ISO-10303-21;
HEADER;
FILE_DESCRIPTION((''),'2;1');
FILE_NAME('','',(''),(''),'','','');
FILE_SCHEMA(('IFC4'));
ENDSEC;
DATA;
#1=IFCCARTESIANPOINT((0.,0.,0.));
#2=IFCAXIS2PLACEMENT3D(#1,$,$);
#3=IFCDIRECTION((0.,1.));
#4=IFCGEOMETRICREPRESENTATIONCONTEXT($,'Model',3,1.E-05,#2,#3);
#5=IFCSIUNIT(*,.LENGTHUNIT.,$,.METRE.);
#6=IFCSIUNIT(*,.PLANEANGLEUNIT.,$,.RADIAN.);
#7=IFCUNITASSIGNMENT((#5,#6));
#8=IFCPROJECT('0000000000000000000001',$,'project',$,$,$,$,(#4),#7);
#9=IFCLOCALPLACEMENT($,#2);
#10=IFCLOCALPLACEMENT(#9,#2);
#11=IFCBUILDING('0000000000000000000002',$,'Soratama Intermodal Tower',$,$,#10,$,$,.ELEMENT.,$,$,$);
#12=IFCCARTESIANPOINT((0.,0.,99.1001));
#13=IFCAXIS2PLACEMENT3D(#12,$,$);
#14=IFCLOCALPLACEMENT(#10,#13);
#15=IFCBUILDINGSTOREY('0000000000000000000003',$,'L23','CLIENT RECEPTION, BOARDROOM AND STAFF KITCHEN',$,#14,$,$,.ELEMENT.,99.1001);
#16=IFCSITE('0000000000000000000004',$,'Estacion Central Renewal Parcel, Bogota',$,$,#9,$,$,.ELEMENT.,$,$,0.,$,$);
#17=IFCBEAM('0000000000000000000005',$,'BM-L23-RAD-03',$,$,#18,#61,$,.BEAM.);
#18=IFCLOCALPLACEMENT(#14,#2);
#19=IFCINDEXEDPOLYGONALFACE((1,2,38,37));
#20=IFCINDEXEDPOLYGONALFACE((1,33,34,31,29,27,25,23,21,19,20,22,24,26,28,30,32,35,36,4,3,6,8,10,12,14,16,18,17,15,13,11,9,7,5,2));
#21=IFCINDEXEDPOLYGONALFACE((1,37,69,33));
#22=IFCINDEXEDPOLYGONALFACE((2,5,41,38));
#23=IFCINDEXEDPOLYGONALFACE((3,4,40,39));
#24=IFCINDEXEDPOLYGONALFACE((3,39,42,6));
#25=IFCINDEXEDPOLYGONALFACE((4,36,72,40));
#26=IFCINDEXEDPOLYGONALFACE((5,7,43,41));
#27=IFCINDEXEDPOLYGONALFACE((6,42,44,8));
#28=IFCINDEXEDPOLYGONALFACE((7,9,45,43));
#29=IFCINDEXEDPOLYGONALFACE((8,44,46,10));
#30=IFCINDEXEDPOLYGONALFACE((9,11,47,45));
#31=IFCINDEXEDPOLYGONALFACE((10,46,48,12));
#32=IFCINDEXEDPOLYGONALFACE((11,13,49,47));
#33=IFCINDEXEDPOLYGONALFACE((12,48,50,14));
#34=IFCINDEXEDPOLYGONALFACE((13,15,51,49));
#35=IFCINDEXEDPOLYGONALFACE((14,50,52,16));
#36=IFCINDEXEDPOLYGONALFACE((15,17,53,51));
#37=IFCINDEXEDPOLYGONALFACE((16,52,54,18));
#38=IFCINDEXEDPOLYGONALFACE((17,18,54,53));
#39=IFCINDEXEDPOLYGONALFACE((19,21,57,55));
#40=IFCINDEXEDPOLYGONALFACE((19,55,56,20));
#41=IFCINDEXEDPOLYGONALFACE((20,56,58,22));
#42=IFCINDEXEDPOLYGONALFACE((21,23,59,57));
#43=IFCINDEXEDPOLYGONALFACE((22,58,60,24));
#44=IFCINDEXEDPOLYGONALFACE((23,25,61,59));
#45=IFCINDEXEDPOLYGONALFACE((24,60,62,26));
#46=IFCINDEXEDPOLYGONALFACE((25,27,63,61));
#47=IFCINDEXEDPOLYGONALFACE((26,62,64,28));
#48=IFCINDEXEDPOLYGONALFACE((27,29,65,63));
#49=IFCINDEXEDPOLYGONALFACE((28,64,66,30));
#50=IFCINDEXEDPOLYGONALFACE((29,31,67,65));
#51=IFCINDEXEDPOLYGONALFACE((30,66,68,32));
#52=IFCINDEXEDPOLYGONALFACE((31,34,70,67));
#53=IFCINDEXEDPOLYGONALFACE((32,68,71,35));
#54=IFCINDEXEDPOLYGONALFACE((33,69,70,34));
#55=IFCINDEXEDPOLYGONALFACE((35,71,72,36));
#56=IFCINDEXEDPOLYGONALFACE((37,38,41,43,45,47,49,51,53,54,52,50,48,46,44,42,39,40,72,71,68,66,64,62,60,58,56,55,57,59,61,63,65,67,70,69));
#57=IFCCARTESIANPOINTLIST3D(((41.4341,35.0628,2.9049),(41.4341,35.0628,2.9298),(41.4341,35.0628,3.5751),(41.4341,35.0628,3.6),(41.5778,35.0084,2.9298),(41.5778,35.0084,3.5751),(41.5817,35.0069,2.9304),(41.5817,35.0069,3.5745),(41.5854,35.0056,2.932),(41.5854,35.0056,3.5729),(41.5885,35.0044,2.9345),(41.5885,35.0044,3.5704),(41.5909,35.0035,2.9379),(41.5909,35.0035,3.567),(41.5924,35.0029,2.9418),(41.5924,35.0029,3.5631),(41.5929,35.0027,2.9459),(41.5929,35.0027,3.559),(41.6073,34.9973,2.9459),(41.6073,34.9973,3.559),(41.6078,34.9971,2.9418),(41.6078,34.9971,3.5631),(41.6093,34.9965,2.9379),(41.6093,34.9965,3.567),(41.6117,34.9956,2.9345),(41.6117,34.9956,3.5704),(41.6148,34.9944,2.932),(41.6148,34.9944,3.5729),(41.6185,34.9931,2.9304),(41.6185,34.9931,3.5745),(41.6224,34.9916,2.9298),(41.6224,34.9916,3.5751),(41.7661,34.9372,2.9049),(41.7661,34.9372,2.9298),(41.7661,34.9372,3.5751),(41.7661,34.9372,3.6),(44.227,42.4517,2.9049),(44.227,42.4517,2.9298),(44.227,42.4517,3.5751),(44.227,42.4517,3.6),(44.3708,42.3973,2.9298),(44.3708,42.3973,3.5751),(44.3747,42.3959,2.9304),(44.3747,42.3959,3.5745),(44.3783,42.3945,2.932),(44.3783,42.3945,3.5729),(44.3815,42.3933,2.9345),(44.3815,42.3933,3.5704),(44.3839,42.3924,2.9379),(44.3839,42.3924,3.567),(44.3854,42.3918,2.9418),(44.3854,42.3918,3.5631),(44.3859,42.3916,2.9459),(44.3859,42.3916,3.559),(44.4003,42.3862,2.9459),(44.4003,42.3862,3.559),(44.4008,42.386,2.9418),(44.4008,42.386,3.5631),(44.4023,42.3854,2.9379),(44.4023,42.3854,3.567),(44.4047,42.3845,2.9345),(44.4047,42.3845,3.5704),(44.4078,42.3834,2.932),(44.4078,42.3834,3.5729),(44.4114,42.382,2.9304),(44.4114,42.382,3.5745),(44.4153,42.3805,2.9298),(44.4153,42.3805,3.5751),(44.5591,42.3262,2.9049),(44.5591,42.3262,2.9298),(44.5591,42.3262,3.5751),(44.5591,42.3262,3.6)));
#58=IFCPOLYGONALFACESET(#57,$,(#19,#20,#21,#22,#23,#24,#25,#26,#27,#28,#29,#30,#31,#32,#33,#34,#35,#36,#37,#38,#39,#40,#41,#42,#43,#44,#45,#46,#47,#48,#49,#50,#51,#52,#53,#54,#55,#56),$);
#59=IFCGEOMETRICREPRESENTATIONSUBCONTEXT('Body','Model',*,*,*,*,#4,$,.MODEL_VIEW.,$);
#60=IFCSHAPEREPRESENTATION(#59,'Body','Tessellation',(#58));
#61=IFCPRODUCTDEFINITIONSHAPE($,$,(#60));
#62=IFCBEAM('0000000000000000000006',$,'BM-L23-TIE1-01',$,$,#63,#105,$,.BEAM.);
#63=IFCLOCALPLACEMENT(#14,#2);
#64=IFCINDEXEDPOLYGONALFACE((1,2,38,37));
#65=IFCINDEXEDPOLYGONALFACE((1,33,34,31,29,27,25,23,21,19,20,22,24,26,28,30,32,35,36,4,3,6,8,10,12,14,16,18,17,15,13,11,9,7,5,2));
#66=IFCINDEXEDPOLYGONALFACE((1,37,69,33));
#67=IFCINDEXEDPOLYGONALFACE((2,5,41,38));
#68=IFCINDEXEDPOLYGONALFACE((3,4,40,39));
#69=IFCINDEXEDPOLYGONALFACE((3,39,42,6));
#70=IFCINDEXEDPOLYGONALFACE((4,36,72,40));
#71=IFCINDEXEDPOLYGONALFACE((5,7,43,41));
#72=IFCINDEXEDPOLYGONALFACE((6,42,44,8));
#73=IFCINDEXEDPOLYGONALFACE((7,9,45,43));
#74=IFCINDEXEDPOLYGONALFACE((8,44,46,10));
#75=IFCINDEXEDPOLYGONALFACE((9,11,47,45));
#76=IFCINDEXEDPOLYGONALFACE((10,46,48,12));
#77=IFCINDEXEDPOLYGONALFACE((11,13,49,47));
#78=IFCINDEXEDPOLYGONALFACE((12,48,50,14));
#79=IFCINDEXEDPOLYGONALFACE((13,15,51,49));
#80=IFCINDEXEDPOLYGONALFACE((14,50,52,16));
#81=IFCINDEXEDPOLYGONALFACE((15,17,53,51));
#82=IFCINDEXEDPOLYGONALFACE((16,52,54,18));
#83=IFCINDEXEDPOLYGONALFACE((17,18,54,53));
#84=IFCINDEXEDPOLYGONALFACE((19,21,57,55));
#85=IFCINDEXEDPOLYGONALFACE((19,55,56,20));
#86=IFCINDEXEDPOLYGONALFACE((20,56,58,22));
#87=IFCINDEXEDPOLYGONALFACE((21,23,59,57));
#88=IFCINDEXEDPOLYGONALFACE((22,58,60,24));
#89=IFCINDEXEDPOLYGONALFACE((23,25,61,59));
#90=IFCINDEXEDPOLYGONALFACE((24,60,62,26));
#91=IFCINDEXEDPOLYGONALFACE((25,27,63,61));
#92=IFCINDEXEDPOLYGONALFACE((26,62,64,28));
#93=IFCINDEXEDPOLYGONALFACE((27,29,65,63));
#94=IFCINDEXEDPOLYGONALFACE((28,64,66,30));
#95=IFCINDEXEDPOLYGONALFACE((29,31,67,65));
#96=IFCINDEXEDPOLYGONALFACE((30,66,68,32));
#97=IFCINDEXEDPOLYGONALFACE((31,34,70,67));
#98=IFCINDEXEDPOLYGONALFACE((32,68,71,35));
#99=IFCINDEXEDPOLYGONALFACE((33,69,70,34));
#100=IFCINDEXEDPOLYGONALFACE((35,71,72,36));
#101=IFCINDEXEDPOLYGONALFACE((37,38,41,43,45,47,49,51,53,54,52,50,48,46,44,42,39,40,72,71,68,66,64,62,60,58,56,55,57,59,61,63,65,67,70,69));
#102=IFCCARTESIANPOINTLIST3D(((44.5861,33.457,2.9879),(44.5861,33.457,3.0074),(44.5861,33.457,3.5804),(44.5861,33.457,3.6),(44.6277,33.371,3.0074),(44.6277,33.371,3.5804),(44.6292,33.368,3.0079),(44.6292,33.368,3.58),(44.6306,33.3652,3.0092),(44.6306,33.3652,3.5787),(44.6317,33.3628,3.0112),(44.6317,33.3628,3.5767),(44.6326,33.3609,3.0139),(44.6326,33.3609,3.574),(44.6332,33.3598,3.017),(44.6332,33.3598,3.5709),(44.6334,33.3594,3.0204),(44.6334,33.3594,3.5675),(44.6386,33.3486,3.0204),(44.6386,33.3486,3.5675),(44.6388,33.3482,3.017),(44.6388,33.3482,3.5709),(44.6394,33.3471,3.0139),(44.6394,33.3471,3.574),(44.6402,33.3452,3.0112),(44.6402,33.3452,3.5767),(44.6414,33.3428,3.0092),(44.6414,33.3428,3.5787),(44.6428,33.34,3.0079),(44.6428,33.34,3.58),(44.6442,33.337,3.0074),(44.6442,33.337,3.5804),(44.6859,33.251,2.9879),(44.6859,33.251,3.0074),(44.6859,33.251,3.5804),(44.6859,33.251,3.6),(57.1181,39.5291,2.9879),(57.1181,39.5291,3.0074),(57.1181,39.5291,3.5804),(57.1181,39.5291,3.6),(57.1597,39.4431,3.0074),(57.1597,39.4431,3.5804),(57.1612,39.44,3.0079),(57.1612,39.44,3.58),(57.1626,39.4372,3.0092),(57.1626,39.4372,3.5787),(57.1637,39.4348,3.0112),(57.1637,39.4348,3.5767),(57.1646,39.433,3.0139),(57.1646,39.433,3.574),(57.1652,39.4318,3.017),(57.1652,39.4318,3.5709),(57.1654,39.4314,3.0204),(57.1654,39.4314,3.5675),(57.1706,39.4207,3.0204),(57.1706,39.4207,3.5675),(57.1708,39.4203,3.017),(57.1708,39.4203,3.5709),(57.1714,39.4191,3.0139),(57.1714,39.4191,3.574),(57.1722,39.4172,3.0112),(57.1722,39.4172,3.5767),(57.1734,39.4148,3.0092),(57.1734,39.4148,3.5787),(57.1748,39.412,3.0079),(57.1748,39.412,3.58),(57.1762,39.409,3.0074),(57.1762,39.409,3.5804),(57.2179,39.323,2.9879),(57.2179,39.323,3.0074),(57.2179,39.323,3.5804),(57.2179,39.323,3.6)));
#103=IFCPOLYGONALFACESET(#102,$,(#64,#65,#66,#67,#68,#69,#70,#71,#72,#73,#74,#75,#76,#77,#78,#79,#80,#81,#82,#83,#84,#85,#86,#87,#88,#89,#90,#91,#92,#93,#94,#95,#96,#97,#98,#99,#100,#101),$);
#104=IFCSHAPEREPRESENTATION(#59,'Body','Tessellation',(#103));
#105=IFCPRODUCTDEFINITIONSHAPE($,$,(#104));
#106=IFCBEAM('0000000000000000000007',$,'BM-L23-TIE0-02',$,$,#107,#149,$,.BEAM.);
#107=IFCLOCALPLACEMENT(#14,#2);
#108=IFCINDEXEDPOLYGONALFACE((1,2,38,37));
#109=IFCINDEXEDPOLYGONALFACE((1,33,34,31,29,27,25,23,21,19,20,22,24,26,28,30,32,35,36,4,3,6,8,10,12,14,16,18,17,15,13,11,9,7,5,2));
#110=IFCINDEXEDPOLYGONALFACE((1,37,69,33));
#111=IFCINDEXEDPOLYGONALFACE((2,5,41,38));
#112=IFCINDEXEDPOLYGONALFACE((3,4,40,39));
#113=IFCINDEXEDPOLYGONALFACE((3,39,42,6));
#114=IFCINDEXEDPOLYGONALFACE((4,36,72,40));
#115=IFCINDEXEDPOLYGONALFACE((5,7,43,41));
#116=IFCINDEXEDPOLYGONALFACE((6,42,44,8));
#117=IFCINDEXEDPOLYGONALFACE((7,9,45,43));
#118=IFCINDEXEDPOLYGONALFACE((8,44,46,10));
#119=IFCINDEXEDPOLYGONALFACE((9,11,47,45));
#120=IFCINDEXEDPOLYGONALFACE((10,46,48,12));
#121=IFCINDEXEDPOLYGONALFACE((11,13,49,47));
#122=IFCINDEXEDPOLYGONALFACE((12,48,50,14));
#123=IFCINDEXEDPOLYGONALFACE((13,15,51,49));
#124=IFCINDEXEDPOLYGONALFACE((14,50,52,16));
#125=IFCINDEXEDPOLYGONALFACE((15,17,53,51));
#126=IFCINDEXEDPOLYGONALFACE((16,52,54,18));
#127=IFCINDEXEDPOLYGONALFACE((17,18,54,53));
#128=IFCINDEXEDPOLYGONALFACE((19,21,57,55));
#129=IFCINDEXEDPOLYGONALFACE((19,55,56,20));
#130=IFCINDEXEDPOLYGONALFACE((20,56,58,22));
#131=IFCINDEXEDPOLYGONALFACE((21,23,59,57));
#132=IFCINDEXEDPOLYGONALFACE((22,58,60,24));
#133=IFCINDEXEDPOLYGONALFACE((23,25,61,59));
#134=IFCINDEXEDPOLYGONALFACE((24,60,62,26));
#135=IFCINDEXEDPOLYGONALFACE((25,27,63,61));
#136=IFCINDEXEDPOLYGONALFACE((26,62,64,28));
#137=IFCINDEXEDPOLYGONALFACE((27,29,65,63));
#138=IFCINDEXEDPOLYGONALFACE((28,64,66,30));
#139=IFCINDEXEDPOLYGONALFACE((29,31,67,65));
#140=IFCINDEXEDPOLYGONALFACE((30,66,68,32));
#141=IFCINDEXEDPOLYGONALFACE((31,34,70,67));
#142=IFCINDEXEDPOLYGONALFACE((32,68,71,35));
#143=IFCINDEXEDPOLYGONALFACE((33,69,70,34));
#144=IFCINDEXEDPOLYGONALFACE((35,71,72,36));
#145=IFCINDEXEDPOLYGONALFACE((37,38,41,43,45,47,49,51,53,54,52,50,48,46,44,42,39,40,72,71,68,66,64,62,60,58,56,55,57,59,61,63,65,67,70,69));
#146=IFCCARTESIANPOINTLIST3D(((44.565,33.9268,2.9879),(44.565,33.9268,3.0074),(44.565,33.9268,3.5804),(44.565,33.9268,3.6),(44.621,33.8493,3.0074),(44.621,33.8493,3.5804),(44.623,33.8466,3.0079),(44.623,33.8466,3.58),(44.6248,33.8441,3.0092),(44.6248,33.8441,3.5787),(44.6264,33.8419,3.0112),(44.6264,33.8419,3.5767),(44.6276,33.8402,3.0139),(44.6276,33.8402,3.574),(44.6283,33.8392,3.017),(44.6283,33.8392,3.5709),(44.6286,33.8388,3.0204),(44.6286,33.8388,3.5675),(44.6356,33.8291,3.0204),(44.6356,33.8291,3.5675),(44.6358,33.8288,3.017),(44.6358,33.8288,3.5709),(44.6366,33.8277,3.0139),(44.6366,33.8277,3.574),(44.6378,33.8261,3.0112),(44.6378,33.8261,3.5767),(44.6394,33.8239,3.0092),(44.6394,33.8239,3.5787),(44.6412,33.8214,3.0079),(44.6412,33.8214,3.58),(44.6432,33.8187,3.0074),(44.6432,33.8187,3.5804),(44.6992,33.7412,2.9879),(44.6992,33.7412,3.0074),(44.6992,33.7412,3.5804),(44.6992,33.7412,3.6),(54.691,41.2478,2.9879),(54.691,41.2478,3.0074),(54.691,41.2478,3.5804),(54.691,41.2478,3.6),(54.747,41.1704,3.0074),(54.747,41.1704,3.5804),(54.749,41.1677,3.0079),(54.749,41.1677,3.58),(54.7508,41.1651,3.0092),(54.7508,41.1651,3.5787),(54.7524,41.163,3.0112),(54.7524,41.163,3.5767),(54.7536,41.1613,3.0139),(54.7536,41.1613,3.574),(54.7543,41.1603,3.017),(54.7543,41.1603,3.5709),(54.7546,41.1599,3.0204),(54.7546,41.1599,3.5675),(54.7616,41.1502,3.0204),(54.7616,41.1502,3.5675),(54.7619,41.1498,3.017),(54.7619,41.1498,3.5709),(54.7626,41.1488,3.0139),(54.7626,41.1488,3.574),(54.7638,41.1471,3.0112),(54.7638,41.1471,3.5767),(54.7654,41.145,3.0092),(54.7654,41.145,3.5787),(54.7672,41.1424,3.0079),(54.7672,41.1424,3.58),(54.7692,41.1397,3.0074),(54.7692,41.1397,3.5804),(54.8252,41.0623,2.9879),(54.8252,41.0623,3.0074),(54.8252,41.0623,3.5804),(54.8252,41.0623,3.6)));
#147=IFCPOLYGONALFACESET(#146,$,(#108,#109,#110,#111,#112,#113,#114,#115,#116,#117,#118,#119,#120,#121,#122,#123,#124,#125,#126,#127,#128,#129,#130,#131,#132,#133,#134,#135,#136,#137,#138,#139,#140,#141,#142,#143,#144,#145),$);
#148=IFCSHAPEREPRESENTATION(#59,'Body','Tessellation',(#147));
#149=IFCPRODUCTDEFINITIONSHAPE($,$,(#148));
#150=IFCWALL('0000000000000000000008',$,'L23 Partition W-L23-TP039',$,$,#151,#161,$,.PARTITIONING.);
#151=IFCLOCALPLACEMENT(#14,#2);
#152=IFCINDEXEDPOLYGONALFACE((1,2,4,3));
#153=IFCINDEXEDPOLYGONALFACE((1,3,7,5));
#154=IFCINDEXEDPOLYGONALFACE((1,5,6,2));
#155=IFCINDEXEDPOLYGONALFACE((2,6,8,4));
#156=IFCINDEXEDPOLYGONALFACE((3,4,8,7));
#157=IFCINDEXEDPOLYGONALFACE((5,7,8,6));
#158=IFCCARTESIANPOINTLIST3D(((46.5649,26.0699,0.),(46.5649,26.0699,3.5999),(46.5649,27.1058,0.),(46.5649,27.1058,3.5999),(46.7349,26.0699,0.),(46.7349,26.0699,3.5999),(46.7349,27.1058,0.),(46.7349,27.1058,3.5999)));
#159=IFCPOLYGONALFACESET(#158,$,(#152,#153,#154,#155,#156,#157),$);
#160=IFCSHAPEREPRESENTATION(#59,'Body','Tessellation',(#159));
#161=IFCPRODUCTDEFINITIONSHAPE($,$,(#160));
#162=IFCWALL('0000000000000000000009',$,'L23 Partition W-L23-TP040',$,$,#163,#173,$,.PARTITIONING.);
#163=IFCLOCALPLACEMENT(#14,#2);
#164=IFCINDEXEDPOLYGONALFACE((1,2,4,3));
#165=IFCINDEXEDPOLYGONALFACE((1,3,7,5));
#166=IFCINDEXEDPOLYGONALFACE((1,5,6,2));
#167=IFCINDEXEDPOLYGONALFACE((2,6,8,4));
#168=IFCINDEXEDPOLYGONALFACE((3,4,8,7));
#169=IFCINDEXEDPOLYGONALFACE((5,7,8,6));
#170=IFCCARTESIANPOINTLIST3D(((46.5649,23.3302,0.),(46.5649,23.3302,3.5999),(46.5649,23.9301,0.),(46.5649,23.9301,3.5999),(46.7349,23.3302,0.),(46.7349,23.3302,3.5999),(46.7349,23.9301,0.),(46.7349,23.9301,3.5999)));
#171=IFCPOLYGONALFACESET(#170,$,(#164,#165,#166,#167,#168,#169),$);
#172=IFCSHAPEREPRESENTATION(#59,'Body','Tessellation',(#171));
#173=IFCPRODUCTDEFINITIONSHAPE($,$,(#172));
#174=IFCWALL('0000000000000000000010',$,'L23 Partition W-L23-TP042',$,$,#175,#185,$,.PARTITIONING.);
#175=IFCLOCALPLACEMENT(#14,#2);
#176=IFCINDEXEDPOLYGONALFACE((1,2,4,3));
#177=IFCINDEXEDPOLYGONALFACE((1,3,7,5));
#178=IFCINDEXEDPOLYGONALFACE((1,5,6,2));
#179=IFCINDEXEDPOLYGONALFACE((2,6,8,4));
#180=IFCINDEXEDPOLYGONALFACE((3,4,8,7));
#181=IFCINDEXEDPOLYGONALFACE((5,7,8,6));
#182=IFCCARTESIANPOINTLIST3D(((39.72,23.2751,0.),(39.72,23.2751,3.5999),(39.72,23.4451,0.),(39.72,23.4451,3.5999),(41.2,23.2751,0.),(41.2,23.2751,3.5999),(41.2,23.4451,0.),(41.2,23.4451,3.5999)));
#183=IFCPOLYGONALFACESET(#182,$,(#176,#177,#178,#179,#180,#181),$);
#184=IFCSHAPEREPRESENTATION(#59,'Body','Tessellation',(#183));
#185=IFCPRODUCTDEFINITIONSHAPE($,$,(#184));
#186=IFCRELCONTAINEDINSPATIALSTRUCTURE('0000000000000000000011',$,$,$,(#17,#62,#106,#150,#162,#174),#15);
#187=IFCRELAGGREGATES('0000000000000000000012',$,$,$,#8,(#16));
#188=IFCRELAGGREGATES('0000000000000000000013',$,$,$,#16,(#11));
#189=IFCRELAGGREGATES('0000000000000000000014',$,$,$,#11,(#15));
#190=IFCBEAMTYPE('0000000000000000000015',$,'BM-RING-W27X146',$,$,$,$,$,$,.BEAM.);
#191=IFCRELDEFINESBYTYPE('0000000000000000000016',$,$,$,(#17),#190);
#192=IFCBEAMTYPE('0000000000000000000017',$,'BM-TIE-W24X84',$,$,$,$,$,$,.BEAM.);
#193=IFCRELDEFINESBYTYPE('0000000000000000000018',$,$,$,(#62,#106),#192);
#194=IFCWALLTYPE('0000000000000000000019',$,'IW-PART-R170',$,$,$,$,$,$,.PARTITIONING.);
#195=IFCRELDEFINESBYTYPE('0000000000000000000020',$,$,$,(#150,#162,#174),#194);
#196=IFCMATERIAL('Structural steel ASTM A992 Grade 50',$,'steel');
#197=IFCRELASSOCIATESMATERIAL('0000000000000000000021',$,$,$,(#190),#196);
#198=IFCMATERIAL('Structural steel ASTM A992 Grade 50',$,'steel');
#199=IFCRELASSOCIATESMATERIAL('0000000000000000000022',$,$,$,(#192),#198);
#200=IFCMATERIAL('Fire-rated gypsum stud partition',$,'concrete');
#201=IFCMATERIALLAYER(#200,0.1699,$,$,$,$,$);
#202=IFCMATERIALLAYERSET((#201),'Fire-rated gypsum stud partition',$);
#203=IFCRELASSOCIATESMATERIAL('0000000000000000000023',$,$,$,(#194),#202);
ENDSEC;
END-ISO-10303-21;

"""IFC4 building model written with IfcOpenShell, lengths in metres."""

from ifc_helpers import new_model, si_unit, direction, frame, frame_2d, origin, origin_2d, place, context, subcontext, project, spatial, rectangle, i_section, extrude, material, layer, layer_set, material_profile, profile_set, type_object, element, save


model = new_model("IFC4")

# Units and contexts
model_context = context("Model", 3, precision=1e-05, world=origin(), true_north=direction((0.0, 1.0)))
body_context = subcontext(model_context, "Body", "Model", "MODEL_VIEW")
ifc_project = project(units=[si_unit("LENGTHUNIT", "METRE"), si_unit("PLANEANGLEUNIT", "RADIAN")], contexts=[model_context])

# Site, building, storey
site_placement = place(None, origin())
site = spatial("IfcSite", under=ifc_project, at=site_placement, Name="Estacion Central Renewal Parcel, Bogota", CompositionType="ELEMENT", RefElevation=0.0)
building_placement = place(site_placement, origin())
building = spatial("IfcBuilding", under=site, at=building_placement, Name="Soratama Intermodal Tower", CompositionType="ELEMENT")
storey_placement = place(building_placement, frame((0.0, 0.0, 99.1001)))
storey = spatial("IfcBuildingStorey", under=building, at=storey_placement, Name="L23", Description="CLIENT RECEPTION, BOARDROOM AND STAFF KITCHEN", CompositionType="ELEMENT", Elevation=99.1001)

# Beams
ifc_material_1 = material(Name="Structural steel ASTM A992 Grade 50", Category="steel")
ifc_material_profile_1 = material_profile(ifc_material_1, i_section(OverallWidth=0.355, OverallDepth=0.6951, WebThickness=0.0154, FlangeThickness=0.0249, FilletRadius=0.0161, at=origin_2d()), Name="W27X146")
ifc_profile_set_1 = profile_set([ifc_material_profile_1], Name="Structural steel ASTM A992 Grade 50")
beam_type_1 = type_object("IfcBeamType", Name="BM-RING-W27X146", PredefinedType="BEAM", material=ifc_profile_set_1)
beam_1_placement = place(storey_placement, frame((41.6001, 35.0, 3.2524), z_axis=(0.353578, 0.935405, 0.0), x_axis=(-0.935405, 0.353578, 0.0)))
element("IfcBeam", 1, at=beam_1_placement, inside=storey, type_object=beam_type_1, Name="BM-L23-RAD-03", PredefinedType="BEAM", context=body_context, shape_type="SweptSolid", body=[
    extrude(i_section(OverallWidth=0.355, OverallDepth=0.6951, WebThickness=0.0154, FlangeThickness=0.0249, FilletRadius=0.0161, at=origin_2d()), origin(), (0.0, 0.0, 1.0), 7.8992),
])
ifc_material_2 = material(Name="Structural steel ASTM A992 Grade 50", Category="steel")
ifc_material_profile_2 = material_profile(ifc_material_2, i_section(OverallWidth=0.229, OverallDepth=0.6121, WebThickness=0.012, FlangeThickness=0.0195, FilletRadius=0.0129, at=origin_2d()), Name="W24X84")
ifc_profile_set_2 = profile_set([ifc_material_profile_2], Name="Structural steel ASTM A992 Grade 50")
beam_type_2 = type_object("IfcBeamType", Name="BM-TIE-W24X84", PredefinedType="BEAM", material=ifc_profile_set_2)
beam_2_placement = place(storey_placement, frame((44.636, 33.354, 3.2939), z_axis=(0.899929, 0.436036, 0.0), x_axis=(-0.436036, 0.899929, 0.0)))
element("IfcBeam", 2, at=beam_2_placement, inside=storey, type_object=beam_type_2, Name="BM-L23-TIE1-01", PredefinedType="BEAM", context=body_context, shape_type="SweptSolid", body=[
    extrude(i_section(OverallWidth=0.229, OverallDepth=0.6121, WebThickness=0.012, FlangeThickness=0.0195, FilletRadius=0.0129, at=origin_2d()), origin(), (0.0, 0.0, 1.0), 13.9255),
])
beam_3_placement = place(storey_placement, frame((44.6321, 33.834, 3.2939), z_axis=(0.810381, 0.585903, 0.0), x_axis=(-0.585903, 0.810381, 0.0)))
element("IfcBeam", 3, at=beam_3_placement, inside=storey, type_object=beam_type_2, Name="BM-L23-TIE0-02", PredefinedType="BEAM", context=body_context, shape_type="SweptSolid", body=[
    extrude(i_section(OverallWidth=0.229, OverallDepth=0.6121, WebThickness=0.012, FlangeThickness=0.0195, FilletRadius=0.0129, at=origin_2d()), origin(), (0.0, 0.0, 1.0), 12.4954),
])

# Shared definitions
ifc_material_3 = material(Name="Fire-rated gypsum stud partition", Category="concrete")
ifc_layer_1 = layer(ifc_material_3, 0.1699)
ifc_layer_set_1 = layer_set([ifc_layer_1], Name="Fire-rated gypsum stud partition")
wall_type_1 = type_object("IfcWallType", Name="IW-PART-R170", PredefinedType="PARTITIONING", material=ifc_layer_set_1)

# Walls
wall_1_placement = place(storey_placement, frame((46.6499, 27.106, 0.0), z_axis=(0.0, 0.0, 1.0), x_axis=(0.0, -1.0, 0.0)))
element("IfcWall", 4, at=wall_1_placement, inside=storey, type_object=wall_type_1, Name="L23 Partition W-L23-TP039", PredefinedType="PARTITIONING", context=body_context, shape_type="SweptSolid", body=[
    extrude(rectangle(XDim=1.0359, YDim=0.1699, at=frame_2d((0.5181, 0.0))), origin(), (0.0, 0.0, 1.0), 3.5999),
])
wall_2_placement = place(storey_placement, frame((46.6499, 23.9299, 0.0), z_axis=(0.0, 0.0, 1.0), x_axis=(0.0, -1.0, 0.0)))
element("IfcWall", 5, at=wall_2_placement, inside=storey, type_object=wall_type_1, Name="L23 Partition W-L23-TP040", PredefinedType="PARTITIONING", context=body_context, shape_type="SweptSolid", body=[
    extrude(rectangle(XDim=0.5999, YDim=0.1699, at=frame_2d((0.2998, 0.0))), origin(), (0.0, 0.0, 1.0), 3.5999),
])
wall_3_placement = place(storey_placement, frame((41.2, 23.3601, 0.0), z_axis=(0.0, 0.0, 1.0), x_axis=(-1.0, 0.0, 0.0)))
element("IfcWall", 6, at=wall_3_placement, inside=storey, type_object=wall_type_1, Name="L23 Partition W-L23-TP042", PredefinedType="PARTITIONING", context=body_context, shape_type="SweptSolid", body=[
    extrude(rectangle(XDim=1.48, YDim=0.1699, at=frame_2d((0.74, 0.0))), origin(), (0.0, 0.0, 1.0), 3.5999),
])

save(model, "model.ifc")
